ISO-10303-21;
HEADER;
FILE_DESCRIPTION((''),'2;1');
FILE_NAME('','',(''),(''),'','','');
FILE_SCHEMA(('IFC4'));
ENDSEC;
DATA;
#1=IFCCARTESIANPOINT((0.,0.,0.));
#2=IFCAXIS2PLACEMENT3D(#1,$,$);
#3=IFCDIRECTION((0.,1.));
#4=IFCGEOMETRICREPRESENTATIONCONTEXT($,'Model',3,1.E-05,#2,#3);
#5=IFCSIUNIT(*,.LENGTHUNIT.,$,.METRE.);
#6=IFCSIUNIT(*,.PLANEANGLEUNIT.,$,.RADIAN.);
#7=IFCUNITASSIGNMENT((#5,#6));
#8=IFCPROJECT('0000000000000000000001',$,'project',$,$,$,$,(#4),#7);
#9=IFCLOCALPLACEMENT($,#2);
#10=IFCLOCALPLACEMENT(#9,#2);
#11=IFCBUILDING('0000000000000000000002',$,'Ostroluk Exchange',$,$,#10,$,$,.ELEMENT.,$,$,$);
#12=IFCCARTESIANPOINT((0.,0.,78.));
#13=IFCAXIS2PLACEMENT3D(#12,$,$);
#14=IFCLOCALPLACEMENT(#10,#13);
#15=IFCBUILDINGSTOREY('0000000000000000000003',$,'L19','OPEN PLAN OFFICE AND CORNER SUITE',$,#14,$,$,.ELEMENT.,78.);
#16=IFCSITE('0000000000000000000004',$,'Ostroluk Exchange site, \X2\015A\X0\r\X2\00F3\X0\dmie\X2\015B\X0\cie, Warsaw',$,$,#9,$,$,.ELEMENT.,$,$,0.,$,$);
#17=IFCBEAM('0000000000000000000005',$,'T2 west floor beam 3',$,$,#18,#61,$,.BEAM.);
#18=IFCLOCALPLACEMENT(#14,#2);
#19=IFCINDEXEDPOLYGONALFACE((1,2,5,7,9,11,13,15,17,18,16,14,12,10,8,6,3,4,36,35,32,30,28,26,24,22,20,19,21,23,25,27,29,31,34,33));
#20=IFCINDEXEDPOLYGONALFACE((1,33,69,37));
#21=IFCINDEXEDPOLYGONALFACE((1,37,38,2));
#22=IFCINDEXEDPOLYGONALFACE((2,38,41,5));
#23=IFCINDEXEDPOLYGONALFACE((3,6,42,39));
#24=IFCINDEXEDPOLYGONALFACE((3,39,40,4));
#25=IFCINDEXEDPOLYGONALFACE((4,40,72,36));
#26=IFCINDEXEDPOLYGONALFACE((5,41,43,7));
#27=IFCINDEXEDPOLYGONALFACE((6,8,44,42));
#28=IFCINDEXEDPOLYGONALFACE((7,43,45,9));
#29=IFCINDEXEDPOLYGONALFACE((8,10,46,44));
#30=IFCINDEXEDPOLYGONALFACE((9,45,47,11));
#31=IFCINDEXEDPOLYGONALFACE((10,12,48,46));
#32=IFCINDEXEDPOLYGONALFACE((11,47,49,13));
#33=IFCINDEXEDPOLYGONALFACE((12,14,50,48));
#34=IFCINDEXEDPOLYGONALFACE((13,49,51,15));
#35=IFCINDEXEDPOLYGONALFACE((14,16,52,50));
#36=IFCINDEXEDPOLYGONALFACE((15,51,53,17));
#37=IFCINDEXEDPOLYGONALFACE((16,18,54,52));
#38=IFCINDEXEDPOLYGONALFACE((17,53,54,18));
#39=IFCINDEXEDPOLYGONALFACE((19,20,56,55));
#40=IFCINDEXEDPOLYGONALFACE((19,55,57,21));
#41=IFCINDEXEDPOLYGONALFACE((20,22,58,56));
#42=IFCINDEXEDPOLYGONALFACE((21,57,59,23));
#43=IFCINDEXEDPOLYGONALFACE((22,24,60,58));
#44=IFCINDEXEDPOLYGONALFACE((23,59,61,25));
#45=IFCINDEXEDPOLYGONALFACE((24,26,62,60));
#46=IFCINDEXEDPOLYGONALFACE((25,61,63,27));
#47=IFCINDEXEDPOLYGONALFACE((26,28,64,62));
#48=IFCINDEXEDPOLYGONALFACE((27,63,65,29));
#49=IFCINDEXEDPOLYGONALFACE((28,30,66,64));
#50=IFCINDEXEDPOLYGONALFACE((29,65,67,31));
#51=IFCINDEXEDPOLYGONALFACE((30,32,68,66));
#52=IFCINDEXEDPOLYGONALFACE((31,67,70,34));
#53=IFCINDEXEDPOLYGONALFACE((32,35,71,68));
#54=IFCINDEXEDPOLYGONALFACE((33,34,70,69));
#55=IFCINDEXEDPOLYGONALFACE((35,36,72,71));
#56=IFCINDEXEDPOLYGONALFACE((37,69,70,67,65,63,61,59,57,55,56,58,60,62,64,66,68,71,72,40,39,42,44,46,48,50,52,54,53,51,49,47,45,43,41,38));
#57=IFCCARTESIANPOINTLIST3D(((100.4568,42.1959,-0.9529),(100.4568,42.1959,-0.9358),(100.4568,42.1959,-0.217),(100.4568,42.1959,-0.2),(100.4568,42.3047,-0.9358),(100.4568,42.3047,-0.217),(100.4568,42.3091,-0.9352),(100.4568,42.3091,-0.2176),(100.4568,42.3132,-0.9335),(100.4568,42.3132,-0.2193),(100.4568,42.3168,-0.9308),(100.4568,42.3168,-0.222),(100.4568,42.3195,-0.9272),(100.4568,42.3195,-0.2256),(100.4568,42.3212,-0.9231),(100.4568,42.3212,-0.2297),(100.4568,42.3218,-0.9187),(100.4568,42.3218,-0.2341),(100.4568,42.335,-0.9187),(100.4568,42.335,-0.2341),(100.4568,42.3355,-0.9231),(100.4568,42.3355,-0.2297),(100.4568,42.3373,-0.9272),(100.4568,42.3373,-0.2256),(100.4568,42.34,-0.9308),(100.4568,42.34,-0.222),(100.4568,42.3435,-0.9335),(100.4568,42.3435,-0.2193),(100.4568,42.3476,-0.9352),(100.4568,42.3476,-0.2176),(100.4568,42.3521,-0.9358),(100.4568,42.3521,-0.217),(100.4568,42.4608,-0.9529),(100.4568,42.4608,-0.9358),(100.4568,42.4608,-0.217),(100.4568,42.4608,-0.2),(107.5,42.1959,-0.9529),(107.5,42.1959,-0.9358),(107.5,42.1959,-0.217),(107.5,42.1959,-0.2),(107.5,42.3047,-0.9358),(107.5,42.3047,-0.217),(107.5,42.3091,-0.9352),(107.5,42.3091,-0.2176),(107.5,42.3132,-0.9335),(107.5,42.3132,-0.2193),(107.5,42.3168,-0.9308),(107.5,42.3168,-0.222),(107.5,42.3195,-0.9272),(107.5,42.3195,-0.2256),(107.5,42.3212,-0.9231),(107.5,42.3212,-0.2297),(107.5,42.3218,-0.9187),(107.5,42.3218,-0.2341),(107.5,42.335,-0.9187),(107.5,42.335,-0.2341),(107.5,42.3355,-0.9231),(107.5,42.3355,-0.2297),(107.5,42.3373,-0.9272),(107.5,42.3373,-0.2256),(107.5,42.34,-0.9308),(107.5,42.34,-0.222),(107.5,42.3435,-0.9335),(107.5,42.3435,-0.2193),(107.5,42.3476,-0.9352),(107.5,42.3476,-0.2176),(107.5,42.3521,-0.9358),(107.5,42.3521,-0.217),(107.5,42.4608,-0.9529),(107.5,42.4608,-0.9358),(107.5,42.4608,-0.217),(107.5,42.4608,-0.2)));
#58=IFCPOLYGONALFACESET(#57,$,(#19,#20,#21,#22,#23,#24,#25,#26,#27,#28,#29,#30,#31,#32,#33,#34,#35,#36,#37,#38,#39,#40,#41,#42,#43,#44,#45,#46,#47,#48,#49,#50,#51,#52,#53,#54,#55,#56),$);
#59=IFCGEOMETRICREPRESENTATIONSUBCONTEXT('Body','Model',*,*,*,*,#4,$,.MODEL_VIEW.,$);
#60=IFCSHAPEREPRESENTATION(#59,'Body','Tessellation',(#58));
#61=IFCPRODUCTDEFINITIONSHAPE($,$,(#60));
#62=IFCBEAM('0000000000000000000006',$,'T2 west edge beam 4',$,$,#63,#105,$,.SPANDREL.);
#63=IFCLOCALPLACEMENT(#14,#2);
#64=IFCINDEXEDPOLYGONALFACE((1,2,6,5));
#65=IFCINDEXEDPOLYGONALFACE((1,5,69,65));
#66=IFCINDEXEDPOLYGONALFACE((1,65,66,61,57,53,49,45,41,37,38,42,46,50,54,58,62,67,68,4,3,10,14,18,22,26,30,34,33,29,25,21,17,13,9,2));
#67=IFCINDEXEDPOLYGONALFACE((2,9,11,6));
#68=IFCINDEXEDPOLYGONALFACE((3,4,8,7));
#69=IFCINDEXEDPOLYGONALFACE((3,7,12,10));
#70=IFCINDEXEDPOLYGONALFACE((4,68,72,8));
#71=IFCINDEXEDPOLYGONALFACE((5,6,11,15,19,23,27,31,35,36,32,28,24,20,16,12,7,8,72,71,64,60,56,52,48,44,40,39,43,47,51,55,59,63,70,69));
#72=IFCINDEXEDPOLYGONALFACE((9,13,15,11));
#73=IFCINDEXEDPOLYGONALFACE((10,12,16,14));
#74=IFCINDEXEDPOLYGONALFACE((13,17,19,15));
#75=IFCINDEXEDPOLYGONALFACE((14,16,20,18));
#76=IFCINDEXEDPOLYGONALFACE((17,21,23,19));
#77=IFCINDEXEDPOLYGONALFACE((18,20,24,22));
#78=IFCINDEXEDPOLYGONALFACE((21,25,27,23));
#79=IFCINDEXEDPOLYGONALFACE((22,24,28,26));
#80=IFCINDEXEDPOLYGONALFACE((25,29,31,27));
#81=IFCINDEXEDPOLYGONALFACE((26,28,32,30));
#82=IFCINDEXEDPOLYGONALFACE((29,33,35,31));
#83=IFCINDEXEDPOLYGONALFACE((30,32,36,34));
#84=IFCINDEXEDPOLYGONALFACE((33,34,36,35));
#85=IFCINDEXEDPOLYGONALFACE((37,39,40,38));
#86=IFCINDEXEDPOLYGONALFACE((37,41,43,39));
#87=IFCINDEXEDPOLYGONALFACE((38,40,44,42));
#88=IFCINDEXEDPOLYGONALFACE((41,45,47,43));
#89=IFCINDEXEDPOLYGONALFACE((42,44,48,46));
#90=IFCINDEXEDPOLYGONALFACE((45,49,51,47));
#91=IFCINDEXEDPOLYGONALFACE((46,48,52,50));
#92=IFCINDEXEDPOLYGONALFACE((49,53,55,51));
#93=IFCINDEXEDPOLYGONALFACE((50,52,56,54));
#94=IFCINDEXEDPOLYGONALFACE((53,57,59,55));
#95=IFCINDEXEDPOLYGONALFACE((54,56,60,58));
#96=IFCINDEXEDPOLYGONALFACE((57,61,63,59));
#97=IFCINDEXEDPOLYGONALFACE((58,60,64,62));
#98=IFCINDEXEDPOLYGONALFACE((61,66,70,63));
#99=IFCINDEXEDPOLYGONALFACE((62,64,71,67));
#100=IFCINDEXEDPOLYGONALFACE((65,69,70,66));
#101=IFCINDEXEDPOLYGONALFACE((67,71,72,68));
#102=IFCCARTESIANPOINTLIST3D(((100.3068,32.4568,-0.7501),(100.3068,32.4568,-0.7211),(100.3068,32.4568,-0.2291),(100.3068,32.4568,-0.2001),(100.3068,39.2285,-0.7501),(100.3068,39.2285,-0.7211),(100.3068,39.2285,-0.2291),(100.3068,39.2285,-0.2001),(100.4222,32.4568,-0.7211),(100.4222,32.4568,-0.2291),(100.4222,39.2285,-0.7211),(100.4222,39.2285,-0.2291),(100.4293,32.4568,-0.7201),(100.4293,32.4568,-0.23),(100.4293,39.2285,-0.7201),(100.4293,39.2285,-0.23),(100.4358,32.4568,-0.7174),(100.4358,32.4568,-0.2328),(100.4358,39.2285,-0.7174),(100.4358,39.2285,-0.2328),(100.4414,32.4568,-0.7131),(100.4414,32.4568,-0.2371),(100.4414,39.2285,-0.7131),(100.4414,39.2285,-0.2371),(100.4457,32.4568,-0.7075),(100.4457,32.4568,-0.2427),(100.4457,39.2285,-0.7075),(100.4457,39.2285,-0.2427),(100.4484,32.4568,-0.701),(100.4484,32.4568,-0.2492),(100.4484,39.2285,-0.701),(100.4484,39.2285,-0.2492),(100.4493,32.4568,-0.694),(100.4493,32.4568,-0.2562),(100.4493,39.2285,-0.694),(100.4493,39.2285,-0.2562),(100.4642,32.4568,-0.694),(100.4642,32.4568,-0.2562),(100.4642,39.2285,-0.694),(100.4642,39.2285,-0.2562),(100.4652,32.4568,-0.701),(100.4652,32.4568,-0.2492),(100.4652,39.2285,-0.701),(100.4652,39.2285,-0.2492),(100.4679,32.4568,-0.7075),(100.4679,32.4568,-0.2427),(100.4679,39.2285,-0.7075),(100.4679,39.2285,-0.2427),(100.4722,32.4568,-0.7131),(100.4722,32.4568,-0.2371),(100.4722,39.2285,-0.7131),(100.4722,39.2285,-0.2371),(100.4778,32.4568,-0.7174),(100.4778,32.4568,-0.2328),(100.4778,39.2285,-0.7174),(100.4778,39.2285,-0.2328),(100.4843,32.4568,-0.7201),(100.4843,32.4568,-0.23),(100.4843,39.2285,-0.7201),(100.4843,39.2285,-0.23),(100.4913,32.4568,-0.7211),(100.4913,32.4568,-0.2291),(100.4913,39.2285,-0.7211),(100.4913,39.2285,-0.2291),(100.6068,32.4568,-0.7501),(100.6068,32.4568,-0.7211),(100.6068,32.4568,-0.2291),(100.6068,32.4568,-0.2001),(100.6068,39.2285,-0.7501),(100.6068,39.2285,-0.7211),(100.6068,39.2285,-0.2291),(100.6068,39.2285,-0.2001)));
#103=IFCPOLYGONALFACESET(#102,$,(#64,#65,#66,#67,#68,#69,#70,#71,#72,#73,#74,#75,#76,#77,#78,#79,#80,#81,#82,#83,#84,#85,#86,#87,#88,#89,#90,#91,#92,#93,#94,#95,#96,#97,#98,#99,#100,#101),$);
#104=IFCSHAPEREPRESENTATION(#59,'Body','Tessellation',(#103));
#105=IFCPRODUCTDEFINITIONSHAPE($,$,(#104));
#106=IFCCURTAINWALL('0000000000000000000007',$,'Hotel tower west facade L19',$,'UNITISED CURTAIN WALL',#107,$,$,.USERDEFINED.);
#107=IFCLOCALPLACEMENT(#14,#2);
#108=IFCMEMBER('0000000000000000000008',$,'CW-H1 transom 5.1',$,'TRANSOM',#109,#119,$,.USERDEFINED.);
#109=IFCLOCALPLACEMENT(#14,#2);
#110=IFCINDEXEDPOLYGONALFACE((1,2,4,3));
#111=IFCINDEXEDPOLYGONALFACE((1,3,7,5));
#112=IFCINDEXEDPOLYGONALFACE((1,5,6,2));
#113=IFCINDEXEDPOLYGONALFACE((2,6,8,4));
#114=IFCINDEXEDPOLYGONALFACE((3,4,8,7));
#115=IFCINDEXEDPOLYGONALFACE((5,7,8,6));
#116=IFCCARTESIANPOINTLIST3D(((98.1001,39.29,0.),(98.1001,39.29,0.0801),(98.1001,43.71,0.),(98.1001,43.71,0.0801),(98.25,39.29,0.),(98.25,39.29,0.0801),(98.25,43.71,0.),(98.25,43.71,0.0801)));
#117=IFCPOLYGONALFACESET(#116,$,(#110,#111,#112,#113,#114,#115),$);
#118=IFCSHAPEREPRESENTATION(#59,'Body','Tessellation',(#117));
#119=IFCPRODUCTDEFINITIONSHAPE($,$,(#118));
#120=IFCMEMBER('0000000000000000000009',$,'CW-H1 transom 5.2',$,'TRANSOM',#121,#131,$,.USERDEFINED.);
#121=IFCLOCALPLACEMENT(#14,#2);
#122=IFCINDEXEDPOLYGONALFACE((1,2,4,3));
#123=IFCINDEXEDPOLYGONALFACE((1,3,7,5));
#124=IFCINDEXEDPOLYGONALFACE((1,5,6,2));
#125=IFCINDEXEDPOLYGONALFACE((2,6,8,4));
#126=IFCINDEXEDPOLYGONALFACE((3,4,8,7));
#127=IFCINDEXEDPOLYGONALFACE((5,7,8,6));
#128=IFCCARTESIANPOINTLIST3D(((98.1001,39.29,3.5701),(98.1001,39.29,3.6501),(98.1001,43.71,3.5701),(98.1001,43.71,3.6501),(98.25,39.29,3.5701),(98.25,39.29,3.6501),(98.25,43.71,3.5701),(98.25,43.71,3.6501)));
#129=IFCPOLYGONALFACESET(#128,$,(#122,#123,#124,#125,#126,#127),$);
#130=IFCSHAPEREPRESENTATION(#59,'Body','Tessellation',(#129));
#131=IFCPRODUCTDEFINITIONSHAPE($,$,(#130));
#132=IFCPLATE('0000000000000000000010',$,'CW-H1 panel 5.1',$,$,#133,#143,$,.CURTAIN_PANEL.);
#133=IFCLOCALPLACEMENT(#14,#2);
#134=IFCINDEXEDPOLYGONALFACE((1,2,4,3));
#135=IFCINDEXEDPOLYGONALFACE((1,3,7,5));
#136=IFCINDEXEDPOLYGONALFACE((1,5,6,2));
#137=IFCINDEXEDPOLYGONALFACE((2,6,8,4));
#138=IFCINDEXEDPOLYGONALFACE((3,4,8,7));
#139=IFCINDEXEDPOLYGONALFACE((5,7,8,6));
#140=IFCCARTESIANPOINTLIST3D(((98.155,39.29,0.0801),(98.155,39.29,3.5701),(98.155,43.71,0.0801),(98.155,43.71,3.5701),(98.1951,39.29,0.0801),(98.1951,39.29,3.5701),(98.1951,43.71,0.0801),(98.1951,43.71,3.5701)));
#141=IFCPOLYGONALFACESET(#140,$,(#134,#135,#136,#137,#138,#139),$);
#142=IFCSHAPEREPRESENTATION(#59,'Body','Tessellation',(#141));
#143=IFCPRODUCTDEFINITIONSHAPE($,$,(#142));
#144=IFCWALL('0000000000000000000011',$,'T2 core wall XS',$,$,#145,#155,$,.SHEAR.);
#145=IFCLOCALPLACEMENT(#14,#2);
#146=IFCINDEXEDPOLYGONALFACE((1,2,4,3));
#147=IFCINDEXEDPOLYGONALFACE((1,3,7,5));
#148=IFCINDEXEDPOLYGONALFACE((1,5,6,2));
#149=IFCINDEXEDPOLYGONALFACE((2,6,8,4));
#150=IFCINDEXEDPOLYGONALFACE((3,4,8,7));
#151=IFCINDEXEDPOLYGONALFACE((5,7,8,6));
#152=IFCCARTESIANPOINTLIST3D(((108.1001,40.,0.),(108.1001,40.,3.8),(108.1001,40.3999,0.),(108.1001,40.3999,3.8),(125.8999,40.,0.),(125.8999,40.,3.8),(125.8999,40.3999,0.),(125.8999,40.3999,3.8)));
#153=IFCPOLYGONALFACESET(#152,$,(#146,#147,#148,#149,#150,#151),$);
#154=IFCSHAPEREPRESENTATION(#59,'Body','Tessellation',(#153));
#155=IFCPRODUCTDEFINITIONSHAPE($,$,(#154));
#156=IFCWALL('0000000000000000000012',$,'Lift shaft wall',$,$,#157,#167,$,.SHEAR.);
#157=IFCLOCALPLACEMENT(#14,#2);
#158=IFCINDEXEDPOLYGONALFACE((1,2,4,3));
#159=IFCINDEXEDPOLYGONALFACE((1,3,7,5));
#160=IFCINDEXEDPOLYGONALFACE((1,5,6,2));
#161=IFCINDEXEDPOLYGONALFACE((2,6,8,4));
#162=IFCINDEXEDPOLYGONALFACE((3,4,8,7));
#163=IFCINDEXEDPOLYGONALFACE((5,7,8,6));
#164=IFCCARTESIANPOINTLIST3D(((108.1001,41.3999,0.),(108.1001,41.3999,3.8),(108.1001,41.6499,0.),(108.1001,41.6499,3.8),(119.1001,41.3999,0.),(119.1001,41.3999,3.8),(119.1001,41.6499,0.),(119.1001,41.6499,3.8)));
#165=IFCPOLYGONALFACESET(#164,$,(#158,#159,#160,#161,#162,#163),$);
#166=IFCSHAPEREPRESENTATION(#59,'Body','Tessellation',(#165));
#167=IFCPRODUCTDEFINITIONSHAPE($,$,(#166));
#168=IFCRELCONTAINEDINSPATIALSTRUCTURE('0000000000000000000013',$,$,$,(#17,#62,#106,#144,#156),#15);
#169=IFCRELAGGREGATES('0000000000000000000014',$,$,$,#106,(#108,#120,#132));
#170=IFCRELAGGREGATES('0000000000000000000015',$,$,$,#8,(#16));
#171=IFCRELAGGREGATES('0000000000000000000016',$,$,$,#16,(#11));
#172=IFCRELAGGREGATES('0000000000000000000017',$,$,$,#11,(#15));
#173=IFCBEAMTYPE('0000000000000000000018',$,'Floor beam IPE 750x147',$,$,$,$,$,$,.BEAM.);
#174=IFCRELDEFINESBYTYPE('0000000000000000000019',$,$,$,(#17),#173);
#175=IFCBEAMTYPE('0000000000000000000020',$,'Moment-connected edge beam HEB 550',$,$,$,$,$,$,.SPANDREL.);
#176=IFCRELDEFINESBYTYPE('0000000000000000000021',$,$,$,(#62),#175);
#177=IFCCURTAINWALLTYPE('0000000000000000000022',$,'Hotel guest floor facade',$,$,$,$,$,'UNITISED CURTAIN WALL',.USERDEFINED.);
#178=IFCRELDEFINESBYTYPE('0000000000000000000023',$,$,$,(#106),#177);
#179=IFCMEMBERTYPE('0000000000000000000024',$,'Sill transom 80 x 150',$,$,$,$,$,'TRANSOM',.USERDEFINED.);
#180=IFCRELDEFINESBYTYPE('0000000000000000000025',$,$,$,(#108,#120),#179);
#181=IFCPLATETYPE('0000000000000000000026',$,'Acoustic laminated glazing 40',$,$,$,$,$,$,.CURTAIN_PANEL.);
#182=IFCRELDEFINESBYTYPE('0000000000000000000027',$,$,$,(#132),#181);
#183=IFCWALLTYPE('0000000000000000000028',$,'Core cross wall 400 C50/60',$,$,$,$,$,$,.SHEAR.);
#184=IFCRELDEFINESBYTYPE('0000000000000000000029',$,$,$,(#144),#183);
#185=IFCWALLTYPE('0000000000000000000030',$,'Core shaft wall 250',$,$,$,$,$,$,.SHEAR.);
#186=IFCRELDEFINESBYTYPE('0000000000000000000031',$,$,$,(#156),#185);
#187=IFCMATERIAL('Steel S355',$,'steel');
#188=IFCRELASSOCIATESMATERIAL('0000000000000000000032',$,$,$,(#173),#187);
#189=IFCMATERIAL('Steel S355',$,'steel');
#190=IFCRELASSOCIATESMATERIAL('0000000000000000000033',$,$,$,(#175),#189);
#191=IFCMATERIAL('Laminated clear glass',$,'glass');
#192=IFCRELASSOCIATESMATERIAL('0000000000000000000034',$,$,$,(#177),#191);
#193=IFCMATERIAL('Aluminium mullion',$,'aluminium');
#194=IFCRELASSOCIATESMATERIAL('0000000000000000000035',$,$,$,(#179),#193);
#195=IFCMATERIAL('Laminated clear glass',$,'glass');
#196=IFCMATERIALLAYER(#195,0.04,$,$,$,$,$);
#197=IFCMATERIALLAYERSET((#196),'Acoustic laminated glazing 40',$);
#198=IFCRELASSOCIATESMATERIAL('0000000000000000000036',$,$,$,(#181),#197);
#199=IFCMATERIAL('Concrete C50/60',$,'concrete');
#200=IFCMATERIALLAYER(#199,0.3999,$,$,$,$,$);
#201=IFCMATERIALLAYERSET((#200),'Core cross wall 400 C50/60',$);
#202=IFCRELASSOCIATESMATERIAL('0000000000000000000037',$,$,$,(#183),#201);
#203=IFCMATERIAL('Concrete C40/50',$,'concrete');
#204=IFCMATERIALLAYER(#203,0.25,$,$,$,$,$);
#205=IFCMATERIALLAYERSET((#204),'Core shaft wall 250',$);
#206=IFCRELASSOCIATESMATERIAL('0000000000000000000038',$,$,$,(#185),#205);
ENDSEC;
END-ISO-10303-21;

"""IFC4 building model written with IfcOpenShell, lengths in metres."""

from ifc_helpers import new_model, si_unit, direction, frame, frame_2d, origin, origin_2d, place, context, subcontext, project, spatial, rectangle, i_section, extrude, material, layer, layer_set, material_profile, profile_set, type_object, element, aggregate, save


model = new_model("IFC4")

# Units and contexts
model_context = context("Model", 3, precision=1e-05, world=origin(), true_north=direction((0.0, 1.0)))
body_context = subcontext(model_context, "Body", "Model", "MODEL_VIEW")
ifc_project = project(units=[si_unit("LENGTHUNIT", "METRE"), si_unit("PLANEANGLEUNIT", "RADIAN")], contexts=[model_context])

# Site, building, storey
site_placement = place(None, origin())
site = spatial("IfcSite", under=ifc_project, at=site_placement, Name="Ostroluk Exchange site, Śródmieście, Warsaw", CompositionType="ELEMENT", RefElevation=0.0)
building_placement = place(site_placement, origin())
building = spatial("IfcBuilding", under=site, at=building_placement, Name="Ostroluk Exchange", CompositionType="ELEMENT")
storey_placement = place(building_placement, frame((0.0, 0.0, 78.0)))
storey = spatial("IfcBuildingStorey", under=building, at=storey_placement, Name="L19", Description="OPEN PLAN OFFICE AND CORNER SUITE", CompositionType="ELEMENT", Elevation=78.0)

# Beams
ifc_material_1 = material(Name="Steel S355", Category="steel")
ifc_material_profile_1 = material_profile(ifc_material_1, i_section(OverallWidth=0.2649, OverallDepth=0.7529, WebThickness=0.0132, FlangeThickness=0.0171, FilletRadius=0.0171, at=origin_2d()), Name="IPE 750x147")
ifc_profile_set_1 = profile_set([ifc_material_profile_1], Name="Steel S355")
beam_type_1 = type_object("IfcBeamType", Name="Floor beam IPE 750x147", PredefinedType="BEAM", material=ifc_profile_set_1)
beam_1_placement = place(storey_placement, frame((107.5, 42.3284, -0.5764), z_axis=(-1.0, 0.0, 0.0), x_axis=(0.0, -1.0, 0.0)))
element("IfcBeam", 1, at=beam_1_placement, inside=storey, type_object=beam_type_1, Name="T2 west floor beam 3", PredefinedType="BEAM", context=body_context, shape_type="SweptSolid", body=[
    extrude(i_section(OverallWidth=0.2649, OverallDepth=0.7529, WebThickness=0.0132, FlangeThickness=0.0171, FilletRadius=0.0171, at=origin_2d()), origin(), (0.0, 0.0, 1.0), 7.0432),
])
ifc_material_2 = material(Name="Steel S355", Category="steel")
ifc_material_profile_2 = material_profile(ifc_material_2, i_section(OverallWidth=0.3, OverallDepth=0.55, WebThickness=0.0149, FlangeThickness=0.0291, FilletRadius=0.0271, at=origin_2d()), Name="HEB 550")
ifc_profile_set_2 = profile_set([ifc_material_profile_2], Name="Steel S355")
beam_type_2 = type_object("IfcBeamType", Name="Moment-connected edge beam HEB 550", PredefinedType="SPANDREL", material=ifc_profile_set_2)
beam_2_placement = place(storey_placement, frame((100.4568, 39.2285, -0.4751), z_axis=(0.0, -1.0, 0.0), x_axis=(1.0, 0.0, 0.0)))
element("IfcBeam", 2, at=beam_2_placement, inside=storey, type_object=beam_type_2, Name="T2 west edge beam 4", PredefinedType="SPANDREL", context=body_context, shape_type="SweptSolid", body=[
    extrude(i_section(OverallWidth=0.3, OverallDepth=0.55, WebThickness=0.0149, FlangeThickness=0.0291, FilletRadius=0.0271, at=origin_2d()), origin(), (0.0, 0.0, 1.0), 6.7717),
])

# Curtain wall, members, plate
ifc_material_3 = material(Name="Laminated clear glass", Category="glass")
curtain_wall_type = type_object("IfcCurtainWallType", Name="Hotel guest floor facade", ElementType="UNITISED CURTAIN WALL", PredefinedType="USERDEFINED", material=ifc_material_3)
curtain_wall_placement = place(storey_placement, origin())
curtain_wall = element("IfcCurtainWall", 3, at=curtain_wall_placement, inside=storey, type_object=curtain_wall_type, Name="Hotel tower west facade L19", ObjectType="UNITISED CURTAIN WALL", PredefinedType="USERDEFINED")
ifc_material_4 = material(Name="Aluminium mullion", Category="aluminium")
ifc_material_profile_3 = material_profile(ifc_material_4, rectangle(XDim=0.1499, YDim=0.0801, at=origin_2d()), Name="Sill transom 80 x 150")
ifc_profile_set_3 = profile_set([ifc_material_profile_3], Name="Aluminium mullion")
member_type = type_object("IfcMemberType", Name="Sill transom 80 x 150", ElementType="TRANSOM", PredefinedType="USERDEFINED", material=ifc_profile_set_3)
member_1_placement = place(storey_placement, frame((98.175, 43.71, 0.04), z_axis=(0.0, -1.0, 0.0), x_axis=(1.0, 0.0, 0.0)))
member_1 = element("IfcMember", 4, at=member_1_placement, type_object=member_type, Name="CW-H1 transom 5.1", ObjectType="TRANSOM", PredefinedType="USERDEFINED", context=body_context, shape_type="SweptSolid", body=[
    extrude(rectangle(XDim=0.1499, YDim=0.0801, at=origin_2d()), origin(), (0.0, 0.0, 1.0), 4.4199),
])
member_2_placement = place(storey_placement, frame((98.175, 43.71, 3.6101), z_axis=(0.0, -1.0, 0.0), x_axis=(1.0, 0.0, 0.0)))
member_2 = element("IfcMember", 5, at=member_2_placement, type_object=member_type, Name="CW-H1 transom 5.2", ObjectType="TRANSOM", PredefinedType="USERDEFINED", context=body_context, shape_type="SweptSolid", body=[
    extrude(rectangle(XDim=0.1499, YDim=0.0801, at=origin_2d()), origin(), (0.0, 0.0, 1.0), 4.4199),
])
ifc_material_5 = material(Name="Laminated clear glass", Category="glass")
ifc_layer_1 = layer(ifc_material_5, 0.04)
ifc_layer_set_1 = layer_set([ifc_layer_1], Name="Acoustic laminated glazing 40")
plate_type = type_object("IfcPlateType", Name="Acoustic laminated glazing 40", PredefinedType="CURTAIN_PANEL", material=ifc_layer_set_1)
plate_placement = place(storey_placement, frame((98.175, 41.5, 0.0801), z_axis=(0.0, 0.0, 1.0), x_axis=(0.0, -1.0, 0.0)))
plate = element("IfcPlate", 6, at=plate_placement, type_object=plate_type, Name="CW-H1 panel 5.1", PredefinedType="CURTAIN_PANEL", context=body_context, shape_type="SweptSolid", body=[
    extrude(rectangle(XDim=4.4199, YDim=0.04, at=origin_2d()), origin(), (0.0, 0.0, 1.0), 3.49),
])
aggregate(curtain_wall, [member_1, member_2, plate])

# Walls
ifc_material_6 = material(Name="Concrete C50/60", Category="concrete")
ifc_layer_2 = layer(ifc_material_6, 0.3999)
ifc_layer_set_2 = layer_set([ifc_layer_2], Name="Core cross wall 400 C50/60")
wall_type_1 = type_object("IfcWallType", Name="Core cross wall 400 C50/60", PredefinedType="SHEAR", material=ifc_layer_set_2)
wall_1_placement = place(storey_placement, frame((108.1001, 40.2, 0.0), z_axis=(0.0, 0.0, 1.0), x_axis=(1.0, 0.0, 0.0)))
element("IfcWall", 7, at=wall_1_placement, inside=storey, type_object=wall_type_1, Name="T2 core wall XS", PredefinedType="SHEAR", context=body_context, shape_type="SweptSolid", body=[
    extrude(rectangle(XDim=17.7998, YDim=0.3999, at=frame_2d((8.8999, 0.0))), origin(), (0.0, 0.0, 1.0), 3.8),
])
ifc_material_7 = material(Name="Concrete C40/50", Category="concrete")
ifc_layer_3 = layer(ifc_material_7, 0.25)
ifc_layer_set_3 = layer_set([ifc_layer_3], Name="Core shaft wall 250")
wall_type_2 = type_object("IfcWallType", Name="Core shaft wall 250", PredefinedType="SHEAR", material=ifc_layer_set_3)
wall_2_placement = place(storey_placement, frame((108.1001, 41.5249, 0.0), z_axis=(0.0, 0.0, 1.0), x_axis=(1.0, 0.0, 0.0)))
element("IfcWall", 8, at=wall_2_placement, inside=storey, type_object=wall_type_2, Name="Lift shaft wall", PredefinedType="SHEAR", context=body_context, shape_type="SweptSolid", body=[
    extrude(rectangle(XDim=11.0, YDim=0.25, at=frame_2d((5.5, 0.0))), origin(), (0.0, 0.0, 1.0), 3.8),
])

save(model, "model.ifc")
